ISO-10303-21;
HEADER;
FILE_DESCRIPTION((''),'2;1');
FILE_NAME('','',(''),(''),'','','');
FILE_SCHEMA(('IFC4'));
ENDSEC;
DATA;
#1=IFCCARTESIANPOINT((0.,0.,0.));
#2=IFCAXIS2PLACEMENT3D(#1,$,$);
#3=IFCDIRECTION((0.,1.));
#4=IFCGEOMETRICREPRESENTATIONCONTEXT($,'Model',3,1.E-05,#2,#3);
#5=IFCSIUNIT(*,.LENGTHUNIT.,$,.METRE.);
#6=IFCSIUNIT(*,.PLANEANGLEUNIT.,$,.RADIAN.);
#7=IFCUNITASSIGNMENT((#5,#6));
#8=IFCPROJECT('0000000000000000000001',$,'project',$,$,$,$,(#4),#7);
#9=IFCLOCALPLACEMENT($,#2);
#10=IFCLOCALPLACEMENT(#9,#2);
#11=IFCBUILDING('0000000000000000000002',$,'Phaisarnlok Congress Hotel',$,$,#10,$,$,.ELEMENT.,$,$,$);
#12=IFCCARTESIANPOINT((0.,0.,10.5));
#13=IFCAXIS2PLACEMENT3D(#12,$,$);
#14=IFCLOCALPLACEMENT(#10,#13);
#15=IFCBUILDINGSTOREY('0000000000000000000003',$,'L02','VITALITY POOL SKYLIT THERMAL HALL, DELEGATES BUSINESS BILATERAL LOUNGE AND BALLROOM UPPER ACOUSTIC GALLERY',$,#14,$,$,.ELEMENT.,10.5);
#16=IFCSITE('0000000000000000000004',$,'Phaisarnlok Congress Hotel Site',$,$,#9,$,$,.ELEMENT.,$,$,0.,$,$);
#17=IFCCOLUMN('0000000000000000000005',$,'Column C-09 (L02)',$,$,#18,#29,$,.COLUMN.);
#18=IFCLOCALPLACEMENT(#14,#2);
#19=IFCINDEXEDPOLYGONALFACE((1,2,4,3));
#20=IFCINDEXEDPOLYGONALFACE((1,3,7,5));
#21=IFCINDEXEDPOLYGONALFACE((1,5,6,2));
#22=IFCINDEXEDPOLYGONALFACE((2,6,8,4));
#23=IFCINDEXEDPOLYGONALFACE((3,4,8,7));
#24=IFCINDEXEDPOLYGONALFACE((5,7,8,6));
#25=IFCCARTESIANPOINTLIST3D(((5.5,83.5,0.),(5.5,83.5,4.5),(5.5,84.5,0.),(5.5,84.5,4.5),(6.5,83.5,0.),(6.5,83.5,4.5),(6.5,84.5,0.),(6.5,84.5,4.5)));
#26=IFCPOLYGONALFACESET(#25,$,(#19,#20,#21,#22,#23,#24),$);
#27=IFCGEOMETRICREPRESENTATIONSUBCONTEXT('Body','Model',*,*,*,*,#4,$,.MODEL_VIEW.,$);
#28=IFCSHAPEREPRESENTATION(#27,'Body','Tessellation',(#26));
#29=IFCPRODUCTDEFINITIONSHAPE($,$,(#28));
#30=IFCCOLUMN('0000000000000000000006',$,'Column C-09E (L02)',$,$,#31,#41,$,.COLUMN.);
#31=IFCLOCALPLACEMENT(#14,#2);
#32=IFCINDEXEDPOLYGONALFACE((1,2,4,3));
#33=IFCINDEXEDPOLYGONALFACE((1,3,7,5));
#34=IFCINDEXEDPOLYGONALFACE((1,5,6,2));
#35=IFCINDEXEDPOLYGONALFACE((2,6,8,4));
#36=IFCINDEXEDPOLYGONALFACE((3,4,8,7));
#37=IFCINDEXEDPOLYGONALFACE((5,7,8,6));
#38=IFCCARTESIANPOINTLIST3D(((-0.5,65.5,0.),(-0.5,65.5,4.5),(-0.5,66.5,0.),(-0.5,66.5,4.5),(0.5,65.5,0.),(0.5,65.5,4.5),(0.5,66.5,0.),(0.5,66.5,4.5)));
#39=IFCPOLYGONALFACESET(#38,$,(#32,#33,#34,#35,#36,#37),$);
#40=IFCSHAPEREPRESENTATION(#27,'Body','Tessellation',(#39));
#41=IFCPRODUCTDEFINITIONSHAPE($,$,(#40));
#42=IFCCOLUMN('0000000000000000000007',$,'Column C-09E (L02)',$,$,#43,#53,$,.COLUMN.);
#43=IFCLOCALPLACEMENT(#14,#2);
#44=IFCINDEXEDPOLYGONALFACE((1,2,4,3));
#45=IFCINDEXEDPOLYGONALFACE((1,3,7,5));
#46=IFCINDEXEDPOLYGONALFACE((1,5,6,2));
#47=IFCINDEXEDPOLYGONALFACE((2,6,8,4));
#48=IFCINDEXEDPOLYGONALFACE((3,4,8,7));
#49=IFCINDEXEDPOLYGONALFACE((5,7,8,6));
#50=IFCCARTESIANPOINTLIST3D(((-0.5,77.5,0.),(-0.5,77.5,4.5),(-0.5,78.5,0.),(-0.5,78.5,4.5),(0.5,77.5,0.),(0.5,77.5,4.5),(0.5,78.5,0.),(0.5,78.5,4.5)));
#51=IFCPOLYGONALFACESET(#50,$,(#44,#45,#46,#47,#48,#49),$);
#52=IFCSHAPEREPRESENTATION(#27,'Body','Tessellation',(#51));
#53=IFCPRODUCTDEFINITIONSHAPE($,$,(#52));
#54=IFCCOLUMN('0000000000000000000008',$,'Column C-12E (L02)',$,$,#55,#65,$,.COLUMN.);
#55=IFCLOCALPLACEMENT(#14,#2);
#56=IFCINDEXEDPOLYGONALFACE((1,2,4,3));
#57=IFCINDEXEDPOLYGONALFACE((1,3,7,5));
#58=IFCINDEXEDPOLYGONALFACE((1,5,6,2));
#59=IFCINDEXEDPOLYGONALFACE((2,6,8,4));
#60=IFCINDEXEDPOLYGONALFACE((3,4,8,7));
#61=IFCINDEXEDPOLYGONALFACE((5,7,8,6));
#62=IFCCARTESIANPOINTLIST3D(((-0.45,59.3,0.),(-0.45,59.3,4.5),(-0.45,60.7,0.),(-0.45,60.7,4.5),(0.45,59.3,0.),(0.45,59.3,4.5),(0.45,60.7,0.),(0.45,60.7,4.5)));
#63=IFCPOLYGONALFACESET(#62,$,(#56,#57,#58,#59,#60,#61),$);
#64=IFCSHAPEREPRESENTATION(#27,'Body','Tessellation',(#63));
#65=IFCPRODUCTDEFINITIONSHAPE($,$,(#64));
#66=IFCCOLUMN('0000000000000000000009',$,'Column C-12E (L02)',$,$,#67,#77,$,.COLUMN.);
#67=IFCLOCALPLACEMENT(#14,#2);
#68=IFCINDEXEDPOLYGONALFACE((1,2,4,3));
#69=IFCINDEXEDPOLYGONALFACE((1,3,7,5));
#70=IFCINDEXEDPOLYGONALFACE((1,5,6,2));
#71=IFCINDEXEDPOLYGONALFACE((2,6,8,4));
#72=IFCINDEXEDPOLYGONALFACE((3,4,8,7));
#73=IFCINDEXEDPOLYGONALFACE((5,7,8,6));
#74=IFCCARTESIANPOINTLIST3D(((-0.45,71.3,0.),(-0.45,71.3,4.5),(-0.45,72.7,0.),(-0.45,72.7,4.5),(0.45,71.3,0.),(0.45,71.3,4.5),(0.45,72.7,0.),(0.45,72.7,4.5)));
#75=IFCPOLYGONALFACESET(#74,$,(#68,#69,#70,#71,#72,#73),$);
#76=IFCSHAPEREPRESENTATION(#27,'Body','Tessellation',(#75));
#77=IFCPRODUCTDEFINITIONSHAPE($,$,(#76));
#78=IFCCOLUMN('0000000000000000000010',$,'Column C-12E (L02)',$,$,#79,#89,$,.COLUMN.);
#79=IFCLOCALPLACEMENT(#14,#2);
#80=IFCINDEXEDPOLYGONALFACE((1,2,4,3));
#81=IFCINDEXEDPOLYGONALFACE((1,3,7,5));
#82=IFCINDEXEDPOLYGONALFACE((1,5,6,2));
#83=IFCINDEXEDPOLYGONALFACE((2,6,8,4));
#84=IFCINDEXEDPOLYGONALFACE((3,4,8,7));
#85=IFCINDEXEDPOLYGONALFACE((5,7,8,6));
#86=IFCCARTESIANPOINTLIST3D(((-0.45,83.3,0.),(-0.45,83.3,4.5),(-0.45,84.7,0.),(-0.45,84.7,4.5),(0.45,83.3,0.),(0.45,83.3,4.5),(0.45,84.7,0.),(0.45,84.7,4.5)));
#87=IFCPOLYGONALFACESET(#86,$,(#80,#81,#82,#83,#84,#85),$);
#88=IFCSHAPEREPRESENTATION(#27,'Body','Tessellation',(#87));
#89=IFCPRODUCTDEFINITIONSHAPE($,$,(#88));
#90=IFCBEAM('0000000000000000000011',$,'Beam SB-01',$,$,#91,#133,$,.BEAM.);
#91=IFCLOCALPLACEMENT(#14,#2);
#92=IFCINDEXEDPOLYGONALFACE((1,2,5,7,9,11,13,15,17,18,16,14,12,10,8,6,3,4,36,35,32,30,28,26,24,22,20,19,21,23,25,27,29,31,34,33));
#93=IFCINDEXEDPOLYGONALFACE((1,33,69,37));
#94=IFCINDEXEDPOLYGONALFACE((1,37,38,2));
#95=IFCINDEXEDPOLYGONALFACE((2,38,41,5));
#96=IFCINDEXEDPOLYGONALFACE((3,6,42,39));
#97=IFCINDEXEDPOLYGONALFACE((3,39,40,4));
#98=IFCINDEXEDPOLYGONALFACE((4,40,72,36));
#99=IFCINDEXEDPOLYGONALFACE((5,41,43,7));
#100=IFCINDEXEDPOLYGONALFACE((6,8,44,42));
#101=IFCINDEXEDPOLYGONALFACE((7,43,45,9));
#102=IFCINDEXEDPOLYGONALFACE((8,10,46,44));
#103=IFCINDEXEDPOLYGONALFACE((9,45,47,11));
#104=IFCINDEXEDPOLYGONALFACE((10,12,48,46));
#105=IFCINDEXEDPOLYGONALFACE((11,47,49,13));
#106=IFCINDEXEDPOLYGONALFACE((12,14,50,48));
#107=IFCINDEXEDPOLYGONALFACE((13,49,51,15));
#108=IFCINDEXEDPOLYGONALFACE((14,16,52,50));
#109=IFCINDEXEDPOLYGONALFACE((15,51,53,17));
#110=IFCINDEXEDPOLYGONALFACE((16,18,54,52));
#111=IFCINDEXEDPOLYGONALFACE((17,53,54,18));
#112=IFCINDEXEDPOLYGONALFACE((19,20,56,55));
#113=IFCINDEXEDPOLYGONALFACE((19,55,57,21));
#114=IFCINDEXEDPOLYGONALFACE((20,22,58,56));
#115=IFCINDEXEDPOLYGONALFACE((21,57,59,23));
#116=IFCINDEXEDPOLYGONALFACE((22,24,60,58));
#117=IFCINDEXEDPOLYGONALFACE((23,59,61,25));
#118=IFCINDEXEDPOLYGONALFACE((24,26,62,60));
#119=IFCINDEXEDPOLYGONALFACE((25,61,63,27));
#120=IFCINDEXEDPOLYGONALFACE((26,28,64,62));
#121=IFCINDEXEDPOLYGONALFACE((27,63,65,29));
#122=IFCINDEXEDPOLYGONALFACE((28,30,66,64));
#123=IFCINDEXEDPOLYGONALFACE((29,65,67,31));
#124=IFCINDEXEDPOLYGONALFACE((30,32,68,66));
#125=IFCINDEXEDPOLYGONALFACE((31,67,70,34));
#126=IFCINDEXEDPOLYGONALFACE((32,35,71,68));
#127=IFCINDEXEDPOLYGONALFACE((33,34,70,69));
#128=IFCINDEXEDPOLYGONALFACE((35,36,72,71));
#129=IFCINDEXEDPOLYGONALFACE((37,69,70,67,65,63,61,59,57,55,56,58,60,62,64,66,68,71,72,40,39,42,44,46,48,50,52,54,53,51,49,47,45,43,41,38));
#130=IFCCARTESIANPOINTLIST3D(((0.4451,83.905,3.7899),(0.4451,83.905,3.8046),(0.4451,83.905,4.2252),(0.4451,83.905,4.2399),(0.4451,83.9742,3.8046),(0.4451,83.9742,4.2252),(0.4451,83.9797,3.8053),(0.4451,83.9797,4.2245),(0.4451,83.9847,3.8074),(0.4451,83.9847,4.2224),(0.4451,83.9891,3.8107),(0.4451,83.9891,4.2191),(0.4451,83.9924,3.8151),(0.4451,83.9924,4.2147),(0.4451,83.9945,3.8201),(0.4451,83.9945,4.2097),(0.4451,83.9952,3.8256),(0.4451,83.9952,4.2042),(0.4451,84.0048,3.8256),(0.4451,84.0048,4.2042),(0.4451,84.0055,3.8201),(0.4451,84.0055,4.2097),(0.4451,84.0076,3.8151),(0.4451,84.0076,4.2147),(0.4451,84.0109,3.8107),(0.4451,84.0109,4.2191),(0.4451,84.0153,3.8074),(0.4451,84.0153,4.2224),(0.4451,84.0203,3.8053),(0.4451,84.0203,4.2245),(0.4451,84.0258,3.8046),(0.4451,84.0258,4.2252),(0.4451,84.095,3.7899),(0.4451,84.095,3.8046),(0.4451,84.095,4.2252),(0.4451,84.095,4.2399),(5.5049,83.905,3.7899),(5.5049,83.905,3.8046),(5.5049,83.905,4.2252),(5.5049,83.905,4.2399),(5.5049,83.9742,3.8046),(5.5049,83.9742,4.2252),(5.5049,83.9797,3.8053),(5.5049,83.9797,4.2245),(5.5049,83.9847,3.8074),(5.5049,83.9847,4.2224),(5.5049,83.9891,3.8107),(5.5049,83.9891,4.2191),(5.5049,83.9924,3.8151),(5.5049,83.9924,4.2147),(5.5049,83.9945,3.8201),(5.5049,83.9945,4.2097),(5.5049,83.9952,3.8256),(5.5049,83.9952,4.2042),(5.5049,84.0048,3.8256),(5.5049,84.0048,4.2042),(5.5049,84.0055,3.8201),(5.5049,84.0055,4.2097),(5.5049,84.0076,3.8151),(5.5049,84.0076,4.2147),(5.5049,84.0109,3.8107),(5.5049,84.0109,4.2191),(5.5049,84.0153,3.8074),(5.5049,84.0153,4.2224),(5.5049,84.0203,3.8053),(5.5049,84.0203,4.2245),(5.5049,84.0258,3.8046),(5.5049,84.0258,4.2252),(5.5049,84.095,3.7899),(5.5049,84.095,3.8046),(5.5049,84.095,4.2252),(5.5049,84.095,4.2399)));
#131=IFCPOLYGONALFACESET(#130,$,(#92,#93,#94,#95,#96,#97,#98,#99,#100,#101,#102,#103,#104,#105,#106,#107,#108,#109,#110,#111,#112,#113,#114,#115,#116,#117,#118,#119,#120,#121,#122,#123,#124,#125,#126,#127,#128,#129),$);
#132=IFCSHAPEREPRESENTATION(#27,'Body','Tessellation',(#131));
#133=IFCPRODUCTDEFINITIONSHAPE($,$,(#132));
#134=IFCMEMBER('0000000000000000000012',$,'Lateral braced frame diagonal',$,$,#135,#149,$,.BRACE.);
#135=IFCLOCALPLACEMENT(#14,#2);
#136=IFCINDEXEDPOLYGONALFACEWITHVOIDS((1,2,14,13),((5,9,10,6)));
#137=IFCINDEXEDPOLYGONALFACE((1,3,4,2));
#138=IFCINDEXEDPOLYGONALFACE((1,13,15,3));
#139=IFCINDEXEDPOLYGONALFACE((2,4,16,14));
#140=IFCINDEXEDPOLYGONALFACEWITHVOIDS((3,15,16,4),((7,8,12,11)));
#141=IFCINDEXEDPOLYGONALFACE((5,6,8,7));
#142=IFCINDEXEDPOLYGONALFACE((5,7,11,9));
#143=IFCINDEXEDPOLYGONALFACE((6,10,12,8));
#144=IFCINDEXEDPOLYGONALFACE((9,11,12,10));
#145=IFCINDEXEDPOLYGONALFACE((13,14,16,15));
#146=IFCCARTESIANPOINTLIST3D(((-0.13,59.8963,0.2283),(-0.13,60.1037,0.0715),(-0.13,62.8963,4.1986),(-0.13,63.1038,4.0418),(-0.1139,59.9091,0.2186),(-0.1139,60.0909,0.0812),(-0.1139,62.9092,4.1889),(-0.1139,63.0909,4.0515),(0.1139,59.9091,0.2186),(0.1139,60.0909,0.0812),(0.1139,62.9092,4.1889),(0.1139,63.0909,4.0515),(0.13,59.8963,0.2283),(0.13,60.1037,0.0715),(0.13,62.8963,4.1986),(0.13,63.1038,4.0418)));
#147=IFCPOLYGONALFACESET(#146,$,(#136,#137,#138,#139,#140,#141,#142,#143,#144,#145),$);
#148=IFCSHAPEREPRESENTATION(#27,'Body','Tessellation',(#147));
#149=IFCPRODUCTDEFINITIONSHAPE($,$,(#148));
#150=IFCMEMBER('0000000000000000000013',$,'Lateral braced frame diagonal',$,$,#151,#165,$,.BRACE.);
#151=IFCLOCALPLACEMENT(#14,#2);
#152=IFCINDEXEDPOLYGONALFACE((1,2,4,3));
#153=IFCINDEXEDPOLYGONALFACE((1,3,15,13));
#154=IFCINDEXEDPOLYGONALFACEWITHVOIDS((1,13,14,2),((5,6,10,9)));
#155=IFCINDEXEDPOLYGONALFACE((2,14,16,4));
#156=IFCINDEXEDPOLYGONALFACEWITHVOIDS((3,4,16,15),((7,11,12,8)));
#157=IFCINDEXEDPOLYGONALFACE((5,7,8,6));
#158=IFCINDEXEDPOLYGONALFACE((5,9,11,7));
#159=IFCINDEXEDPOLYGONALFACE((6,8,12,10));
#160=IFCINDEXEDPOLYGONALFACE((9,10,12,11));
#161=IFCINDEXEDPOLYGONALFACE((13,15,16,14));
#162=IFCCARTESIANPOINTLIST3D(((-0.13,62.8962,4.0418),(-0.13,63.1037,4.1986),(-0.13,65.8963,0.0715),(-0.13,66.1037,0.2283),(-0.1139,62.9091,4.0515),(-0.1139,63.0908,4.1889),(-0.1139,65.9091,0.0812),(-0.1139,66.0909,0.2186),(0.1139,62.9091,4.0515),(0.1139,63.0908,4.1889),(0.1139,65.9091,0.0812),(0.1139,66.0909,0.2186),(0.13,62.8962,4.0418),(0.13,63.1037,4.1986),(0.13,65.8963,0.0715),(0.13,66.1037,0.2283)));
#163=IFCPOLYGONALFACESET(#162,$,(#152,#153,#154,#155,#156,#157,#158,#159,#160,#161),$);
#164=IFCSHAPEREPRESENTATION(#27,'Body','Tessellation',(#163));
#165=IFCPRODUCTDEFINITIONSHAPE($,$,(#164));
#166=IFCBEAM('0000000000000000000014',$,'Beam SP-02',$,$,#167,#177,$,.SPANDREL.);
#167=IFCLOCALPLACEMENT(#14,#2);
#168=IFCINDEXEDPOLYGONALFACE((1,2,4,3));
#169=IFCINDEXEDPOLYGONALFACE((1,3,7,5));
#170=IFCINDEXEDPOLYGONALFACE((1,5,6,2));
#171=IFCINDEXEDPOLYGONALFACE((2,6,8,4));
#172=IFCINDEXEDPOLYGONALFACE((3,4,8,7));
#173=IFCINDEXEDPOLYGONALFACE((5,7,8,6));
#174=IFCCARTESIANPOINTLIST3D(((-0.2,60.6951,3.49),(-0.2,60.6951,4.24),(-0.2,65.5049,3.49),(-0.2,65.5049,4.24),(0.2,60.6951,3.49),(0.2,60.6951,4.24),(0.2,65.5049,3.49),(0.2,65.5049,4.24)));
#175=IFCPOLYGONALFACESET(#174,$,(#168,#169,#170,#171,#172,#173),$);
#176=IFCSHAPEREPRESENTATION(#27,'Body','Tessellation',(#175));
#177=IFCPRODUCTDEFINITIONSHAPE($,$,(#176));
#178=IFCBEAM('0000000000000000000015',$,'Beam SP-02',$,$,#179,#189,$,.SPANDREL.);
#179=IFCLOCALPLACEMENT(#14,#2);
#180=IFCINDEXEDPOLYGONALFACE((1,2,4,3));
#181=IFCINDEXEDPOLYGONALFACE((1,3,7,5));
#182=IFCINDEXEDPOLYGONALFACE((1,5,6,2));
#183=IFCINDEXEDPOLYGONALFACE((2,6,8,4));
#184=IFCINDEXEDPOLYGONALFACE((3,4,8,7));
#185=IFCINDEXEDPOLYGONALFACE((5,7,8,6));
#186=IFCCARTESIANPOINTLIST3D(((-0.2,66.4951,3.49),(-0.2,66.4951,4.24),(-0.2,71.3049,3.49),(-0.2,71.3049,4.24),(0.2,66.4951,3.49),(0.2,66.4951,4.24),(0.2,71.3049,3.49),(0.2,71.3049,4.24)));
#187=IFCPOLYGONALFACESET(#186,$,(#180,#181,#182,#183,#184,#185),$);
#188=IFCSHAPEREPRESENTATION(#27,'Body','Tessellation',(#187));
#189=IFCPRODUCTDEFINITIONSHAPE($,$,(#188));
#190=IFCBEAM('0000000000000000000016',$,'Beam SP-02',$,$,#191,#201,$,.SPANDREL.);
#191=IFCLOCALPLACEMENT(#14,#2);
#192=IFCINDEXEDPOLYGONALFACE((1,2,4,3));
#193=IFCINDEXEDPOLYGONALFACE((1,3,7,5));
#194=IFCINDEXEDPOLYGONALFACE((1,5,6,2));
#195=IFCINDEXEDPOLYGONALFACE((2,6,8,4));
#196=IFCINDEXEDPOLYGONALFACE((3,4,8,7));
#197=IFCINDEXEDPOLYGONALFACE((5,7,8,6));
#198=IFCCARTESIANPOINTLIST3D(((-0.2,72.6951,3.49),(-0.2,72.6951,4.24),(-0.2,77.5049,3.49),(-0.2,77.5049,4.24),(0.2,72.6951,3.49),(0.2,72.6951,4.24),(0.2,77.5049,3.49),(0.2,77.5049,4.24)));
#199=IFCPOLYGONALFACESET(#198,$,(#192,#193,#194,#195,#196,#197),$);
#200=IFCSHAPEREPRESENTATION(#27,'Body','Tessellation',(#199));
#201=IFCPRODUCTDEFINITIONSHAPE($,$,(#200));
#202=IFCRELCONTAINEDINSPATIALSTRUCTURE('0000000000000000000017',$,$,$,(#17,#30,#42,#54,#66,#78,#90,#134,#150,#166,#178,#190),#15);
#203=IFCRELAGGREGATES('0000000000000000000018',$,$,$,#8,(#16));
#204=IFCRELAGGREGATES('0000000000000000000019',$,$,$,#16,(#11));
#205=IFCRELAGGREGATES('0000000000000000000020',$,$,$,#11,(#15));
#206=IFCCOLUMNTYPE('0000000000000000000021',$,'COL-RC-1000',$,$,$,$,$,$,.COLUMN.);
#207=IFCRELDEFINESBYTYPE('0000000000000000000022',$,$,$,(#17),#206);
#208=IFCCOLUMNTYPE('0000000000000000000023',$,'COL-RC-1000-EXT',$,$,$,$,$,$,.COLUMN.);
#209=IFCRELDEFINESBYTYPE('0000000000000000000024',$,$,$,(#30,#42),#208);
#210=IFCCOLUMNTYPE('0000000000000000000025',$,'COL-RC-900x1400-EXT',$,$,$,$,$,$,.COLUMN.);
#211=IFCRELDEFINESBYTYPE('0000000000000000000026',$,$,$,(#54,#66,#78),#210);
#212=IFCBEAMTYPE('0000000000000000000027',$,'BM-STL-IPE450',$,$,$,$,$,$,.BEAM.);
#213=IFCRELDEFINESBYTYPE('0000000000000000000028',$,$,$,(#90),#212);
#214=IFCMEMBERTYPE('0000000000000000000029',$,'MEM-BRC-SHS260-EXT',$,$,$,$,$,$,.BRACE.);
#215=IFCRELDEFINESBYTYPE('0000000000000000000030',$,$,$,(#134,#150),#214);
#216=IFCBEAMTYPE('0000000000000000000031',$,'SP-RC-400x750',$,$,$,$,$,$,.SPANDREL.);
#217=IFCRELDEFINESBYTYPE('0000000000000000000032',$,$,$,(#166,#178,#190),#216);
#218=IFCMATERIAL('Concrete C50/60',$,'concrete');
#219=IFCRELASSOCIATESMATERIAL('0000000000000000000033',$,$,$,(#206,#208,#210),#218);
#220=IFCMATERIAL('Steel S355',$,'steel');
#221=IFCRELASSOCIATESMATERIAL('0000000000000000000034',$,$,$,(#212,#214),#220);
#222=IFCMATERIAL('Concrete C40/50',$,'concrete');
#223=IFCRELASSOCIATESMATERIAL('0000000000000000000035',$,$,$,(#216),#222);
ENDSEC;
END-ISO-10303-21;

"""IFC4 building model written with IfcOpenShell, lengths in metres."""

from ifc_helpers import new_model, si_unit, direction, frame, origin, origin_2d, place, context, subcontext, project, spatial, rectangle, hollow_rectangle, i_section, extrude, material, material_profile, profile_set, type_object, element, save


model = new_model("IFC4")

# Units and contexts
model_context = context("Model", 3, precision=1e-05, world=origin(), true_north=direction((0.0, 1.0)))
body_context = subcontext(model_context, "Body", "Model", "MODEL_VIEW")
ifc_project = project(units=[si_unit("LENGTHUNIT", "METRE"), si_unit("PLANEANGLEUNIT", "RADIAN")], contexts=[model_context])

# Site, building, storey
site_placement = place(None, origin())
site = spatial("IfcSite", under=ifc_project, at=site_placement, Name="Phaisarnlok Congress Hotel Site", CompositionType="ELEMENT", RefElevation=0.0)
building_placement = place(site_placement, origin())
building = spatial("IfcBuilding", under=site, at=building_placement, Name="Phaisarnlok Congress Hotel", CompositionType="ELEMENT")
storey_placement = place(building_placement, frame((0.0, 0.0, 10.5)))
storey = spatial("IfcBuildingStorey", under=building, at=storey_placement, Name="L02", Description="VITALITY POOL SKYLIT THERMAL HALL, DELEGATES BUSINESS BILATERAL LOUNGE AND BALLROOM UPPER ACOUSTIC GALLERY", CompositionType="ELEMENT", Elevation=10.5)

# Columns
ifc_material_1 = material(Name="Concrete C50/60", Category="concrete")
ifc_material_profile_1 = material_profile(ifc_material_1, rectangle(XDim=1.0, YDim=1.0, at=origin_2d()), Name="RC 1000x1000")
ifc_profile_set_1 = profile_set([ifc_material_profile_1], Name="Concrete C50/60")
column_type_1 = type_object("IfcColumnType", Name="COL-RC-1000", PredefinedType="COLUMN", material=ifc_profile_set_1)
column_placement = place(storey_placement, frame((6.0, 84.0, 0.0), z_axis=(0.0, 0.0, 1.0), x_axis=(1.0, 0.0, 0.0)))
element("IfcColumn", 1, at=column_placement, inside=storey, type_object=column_type_1, Name="Column C-09 (L02)", PredefinedType="COLUMN", context=body_context, shape_type="SweptSolid", body=[
    extrude(rectangle(XDim=1.0, YDim=1.0, at=origin_2d()), origin(), (0.0, 0.0, 1.0), 4.5),
])
ifc_material_profile_2 = material_profile(ifc_material_1, rectangle(XDim=1.0, YDim=1.0, at=origin_2d()), Name="RC 1000x1000")
ifc_profile_set_2 = profile_set([ifc_material_profile_2], Name="Concrete C50/60")
column_type_2 = type_object("IfcColumnType", Name="COL-RC-1000-EXT", PredefinedType="COLUMN", material=ifc_profile_set_2)
for number, where, z_axis, x_axis, name in (
    (2, (0.0, 66.0, 0.0), (0.0, 0.0, 1.0), (1.0, 0.0, 0.0), "Column C-09E (L02)"),
    (3, (0.0, 78.0, 0.0), (0.0, 0.0, 1.0), (1.0, 0.0, 0.0), "Column C-09E (L02)"),
):
    element("IfcColumn", number, at=place(storey_placement, frame(where, z_axis=z_axis, x_axis=x_axis)), inside=storey, type_object=column_type_2, Name=name, PredefinedType="COLUMN", context=body_context, shape_type="SweptSolid", body=[
        extrude(rectangle(XDim=1.0, YDim=1.0, at=origin_2d()), origin(), (0.0, 0.0, 1.0), 4.5),
    ])
ifc_material_profile_3 = material_profile(ifc_material_1, rectangle(XDim=0.8999, YDim=1.3999, at=origin_2d()), Name="RC 900x1400")
ifc_profile_set_3 = profile_set([ifc_material_profile_3], Name="Concrete C50/60")
column_type_3 = type_object("IfcColumnType", Name="COL-RC-900x1400-EXT", PredefinedType="COLUMN", material=ifc_profile_set_3)
for number, where, z_axis, x_axis, name in (
    (4, (0.0, 60.0, 0.0), (0.0, 0.0, 1.0), (1.0, 0.0, 0.0), "Column C-12E (L02)"),
    (5, (0.0, 72.0, 0.0), (0.0, 0.0, 1.0), (1.0, 0.0, 0.0), "Column C-12E (L02)"),
    (6, (0.0, 84.0, 0.0), (0.0, 0.0, 1.0), (1.0, 0.0, 0.0), "Column C-12E (L02)"),
):
    element("IfcColumn", number, at=place(storey_placement, frame(where, z_axis=z_axis, x_axis=x_axis)), inside=storey, type_object=column_type_3, Name=name, PredefinedType="COLUMN", context=body_context, shape_type="SweptSolid", body=[
        extrude(rectangle(XDim=0.8999, YDim=1.3999, at=origin_2d()), origin(), (0.0, 0.0, 1.0), 4.5),
    ])

# Beam
ifc_material_2 = material(Name="Steel S355", Category="steel")
ifc_material_profile_4 = material_profile(ifc_material_2, i_section(OverallWidth=0.1899, OverallDepth=0.45, WebThickness=0.0095, FlangeThickness=0.0146, FilletRadius=0.021, at=origin_2d()), Name="IPE 450")
ifc_profile_set_4 = profile_set([ifc_material_profile_4], Name="Steel S355")
beam_type_1 = type_object("IfcBeamType", Name="BM-STL-IPE450", PredefinedType="BEAM", material=ifc_profile_set_4)
beam_placement = place(storey_placement, frame((0.4451, 84.0, 4.0149), z_axis=(1.0, 0.0, 0.0), x_axis=(0.0, 1.0, 0.0)))
element("IfcBeam", 7, at=beam_placement, inside=storey, type_object=beam_type_1, Name="Beam SB-01", PredefinedType="BEAM", context=body_context, shape_type="SweptSolid", body=[
    extrude(i_section(OverallWidth=0.1899, OverallDepth=0.45, WebThickness=0.0095, FlangeThickness=0.0146, FilletRadius=0.021, at=origin_2d()), origin(), (0.0, 0.0, 1.0), 5.0598),
])

# Members
ifc_material_profile_5 = material_profile(ifc_material_2, hollow_rectangle(XDim=0.26, YDim=0.26, WallThickness=0.0161, at=origin_2d()), Name="SHS 260x260x16")
ifc_profile_set_5 = profile_set([ifc_material_profile_5], Name="Steel S355")
member_type = type_object("IfcMemberType", Name="MEM-BRC-SHS260-EXT", PredefinedType="BRACE", material=ifc_profile_set_5)
for number, where, z_axis, x_axis, name in (
    (8, (0.0, 60.0, 0.1499), (0.0, 0.602869, 0.79784), (-1.0, 0.0, 0.0), "Lateral braced frame diagonal"),
    (9, (0.0, 66.0, 0.1499), (0.0, -0.602869, 0.79784), (1.0, 0.0, 0.0), "Lateral braced frame diagonal"),
):
    element("IfcMember", number, at=place(storey_placement, frame(where, z_axis=z_axis, x_axis=x_axis)), inside=storey, type_object=member_type, Name=name, PredefinedType="BRACE", context=body_context, shape_type="SweptSolid", body=[
        extrude(hollow_rectangle(XDim=0.26, YDim=0.26, WallThickness=0.0161, at=origin_2d()), origin(), (0.0, 0.0, 1.0), 4.9763),
    ])

# Beams
ifc_material_3 = material(Name="Concrete C40/50", Category="concrete")
ifc_material_profile_6 = material_profile(ifc_material_3, rectangle(XDim=0.3999, YDim=0.75, at=origin_2d()), Name="RC 400x750")
ifc_profile_set_6 = profile_set([ifc_material_profile_6], Name="Concrete C40/50")
beam_type_2 = type_object("IfcBeamType", Name="SP-RC-400x750", PredefinedType="SPANDREL", material=ifc_profile_set_6)
for number, where, z_axis, x_axis, name in (
    (10, (0.0, 60.6951, 3.865), (0.0, 1.0, 0.0), (-1.0, 0.0, 0.0), "Beam SP-02"),
    (11, (0.0, 66.4951, 3.865), (0.0, 1.0, 0.0), (-1.0, 0.0, 0.0), "Beam SP-02"),
    (12, (0.0, 72.6951, 3.865), (0.0, 1.0, 0.0), (-1.0, 0.0, 0.0), "Beam SP-02"),
):
    element("IfcBeam", number, at=place(storey_placement, frame(where, z_axis=z_axis, x_axis=x_axis)), inside=storey, type_object=beam_type_2, Name=name, PredefinedType="SPANDREL", context=body_context, shape_type="SweptSolid", body=[
        extrude(rectangle(XDim=0.3999, YDim=0.75, at=origin_2d()), origin(), (0.0, 0.0, 1.0), 4.8098),
    ])

save(model, "model.ifc")
